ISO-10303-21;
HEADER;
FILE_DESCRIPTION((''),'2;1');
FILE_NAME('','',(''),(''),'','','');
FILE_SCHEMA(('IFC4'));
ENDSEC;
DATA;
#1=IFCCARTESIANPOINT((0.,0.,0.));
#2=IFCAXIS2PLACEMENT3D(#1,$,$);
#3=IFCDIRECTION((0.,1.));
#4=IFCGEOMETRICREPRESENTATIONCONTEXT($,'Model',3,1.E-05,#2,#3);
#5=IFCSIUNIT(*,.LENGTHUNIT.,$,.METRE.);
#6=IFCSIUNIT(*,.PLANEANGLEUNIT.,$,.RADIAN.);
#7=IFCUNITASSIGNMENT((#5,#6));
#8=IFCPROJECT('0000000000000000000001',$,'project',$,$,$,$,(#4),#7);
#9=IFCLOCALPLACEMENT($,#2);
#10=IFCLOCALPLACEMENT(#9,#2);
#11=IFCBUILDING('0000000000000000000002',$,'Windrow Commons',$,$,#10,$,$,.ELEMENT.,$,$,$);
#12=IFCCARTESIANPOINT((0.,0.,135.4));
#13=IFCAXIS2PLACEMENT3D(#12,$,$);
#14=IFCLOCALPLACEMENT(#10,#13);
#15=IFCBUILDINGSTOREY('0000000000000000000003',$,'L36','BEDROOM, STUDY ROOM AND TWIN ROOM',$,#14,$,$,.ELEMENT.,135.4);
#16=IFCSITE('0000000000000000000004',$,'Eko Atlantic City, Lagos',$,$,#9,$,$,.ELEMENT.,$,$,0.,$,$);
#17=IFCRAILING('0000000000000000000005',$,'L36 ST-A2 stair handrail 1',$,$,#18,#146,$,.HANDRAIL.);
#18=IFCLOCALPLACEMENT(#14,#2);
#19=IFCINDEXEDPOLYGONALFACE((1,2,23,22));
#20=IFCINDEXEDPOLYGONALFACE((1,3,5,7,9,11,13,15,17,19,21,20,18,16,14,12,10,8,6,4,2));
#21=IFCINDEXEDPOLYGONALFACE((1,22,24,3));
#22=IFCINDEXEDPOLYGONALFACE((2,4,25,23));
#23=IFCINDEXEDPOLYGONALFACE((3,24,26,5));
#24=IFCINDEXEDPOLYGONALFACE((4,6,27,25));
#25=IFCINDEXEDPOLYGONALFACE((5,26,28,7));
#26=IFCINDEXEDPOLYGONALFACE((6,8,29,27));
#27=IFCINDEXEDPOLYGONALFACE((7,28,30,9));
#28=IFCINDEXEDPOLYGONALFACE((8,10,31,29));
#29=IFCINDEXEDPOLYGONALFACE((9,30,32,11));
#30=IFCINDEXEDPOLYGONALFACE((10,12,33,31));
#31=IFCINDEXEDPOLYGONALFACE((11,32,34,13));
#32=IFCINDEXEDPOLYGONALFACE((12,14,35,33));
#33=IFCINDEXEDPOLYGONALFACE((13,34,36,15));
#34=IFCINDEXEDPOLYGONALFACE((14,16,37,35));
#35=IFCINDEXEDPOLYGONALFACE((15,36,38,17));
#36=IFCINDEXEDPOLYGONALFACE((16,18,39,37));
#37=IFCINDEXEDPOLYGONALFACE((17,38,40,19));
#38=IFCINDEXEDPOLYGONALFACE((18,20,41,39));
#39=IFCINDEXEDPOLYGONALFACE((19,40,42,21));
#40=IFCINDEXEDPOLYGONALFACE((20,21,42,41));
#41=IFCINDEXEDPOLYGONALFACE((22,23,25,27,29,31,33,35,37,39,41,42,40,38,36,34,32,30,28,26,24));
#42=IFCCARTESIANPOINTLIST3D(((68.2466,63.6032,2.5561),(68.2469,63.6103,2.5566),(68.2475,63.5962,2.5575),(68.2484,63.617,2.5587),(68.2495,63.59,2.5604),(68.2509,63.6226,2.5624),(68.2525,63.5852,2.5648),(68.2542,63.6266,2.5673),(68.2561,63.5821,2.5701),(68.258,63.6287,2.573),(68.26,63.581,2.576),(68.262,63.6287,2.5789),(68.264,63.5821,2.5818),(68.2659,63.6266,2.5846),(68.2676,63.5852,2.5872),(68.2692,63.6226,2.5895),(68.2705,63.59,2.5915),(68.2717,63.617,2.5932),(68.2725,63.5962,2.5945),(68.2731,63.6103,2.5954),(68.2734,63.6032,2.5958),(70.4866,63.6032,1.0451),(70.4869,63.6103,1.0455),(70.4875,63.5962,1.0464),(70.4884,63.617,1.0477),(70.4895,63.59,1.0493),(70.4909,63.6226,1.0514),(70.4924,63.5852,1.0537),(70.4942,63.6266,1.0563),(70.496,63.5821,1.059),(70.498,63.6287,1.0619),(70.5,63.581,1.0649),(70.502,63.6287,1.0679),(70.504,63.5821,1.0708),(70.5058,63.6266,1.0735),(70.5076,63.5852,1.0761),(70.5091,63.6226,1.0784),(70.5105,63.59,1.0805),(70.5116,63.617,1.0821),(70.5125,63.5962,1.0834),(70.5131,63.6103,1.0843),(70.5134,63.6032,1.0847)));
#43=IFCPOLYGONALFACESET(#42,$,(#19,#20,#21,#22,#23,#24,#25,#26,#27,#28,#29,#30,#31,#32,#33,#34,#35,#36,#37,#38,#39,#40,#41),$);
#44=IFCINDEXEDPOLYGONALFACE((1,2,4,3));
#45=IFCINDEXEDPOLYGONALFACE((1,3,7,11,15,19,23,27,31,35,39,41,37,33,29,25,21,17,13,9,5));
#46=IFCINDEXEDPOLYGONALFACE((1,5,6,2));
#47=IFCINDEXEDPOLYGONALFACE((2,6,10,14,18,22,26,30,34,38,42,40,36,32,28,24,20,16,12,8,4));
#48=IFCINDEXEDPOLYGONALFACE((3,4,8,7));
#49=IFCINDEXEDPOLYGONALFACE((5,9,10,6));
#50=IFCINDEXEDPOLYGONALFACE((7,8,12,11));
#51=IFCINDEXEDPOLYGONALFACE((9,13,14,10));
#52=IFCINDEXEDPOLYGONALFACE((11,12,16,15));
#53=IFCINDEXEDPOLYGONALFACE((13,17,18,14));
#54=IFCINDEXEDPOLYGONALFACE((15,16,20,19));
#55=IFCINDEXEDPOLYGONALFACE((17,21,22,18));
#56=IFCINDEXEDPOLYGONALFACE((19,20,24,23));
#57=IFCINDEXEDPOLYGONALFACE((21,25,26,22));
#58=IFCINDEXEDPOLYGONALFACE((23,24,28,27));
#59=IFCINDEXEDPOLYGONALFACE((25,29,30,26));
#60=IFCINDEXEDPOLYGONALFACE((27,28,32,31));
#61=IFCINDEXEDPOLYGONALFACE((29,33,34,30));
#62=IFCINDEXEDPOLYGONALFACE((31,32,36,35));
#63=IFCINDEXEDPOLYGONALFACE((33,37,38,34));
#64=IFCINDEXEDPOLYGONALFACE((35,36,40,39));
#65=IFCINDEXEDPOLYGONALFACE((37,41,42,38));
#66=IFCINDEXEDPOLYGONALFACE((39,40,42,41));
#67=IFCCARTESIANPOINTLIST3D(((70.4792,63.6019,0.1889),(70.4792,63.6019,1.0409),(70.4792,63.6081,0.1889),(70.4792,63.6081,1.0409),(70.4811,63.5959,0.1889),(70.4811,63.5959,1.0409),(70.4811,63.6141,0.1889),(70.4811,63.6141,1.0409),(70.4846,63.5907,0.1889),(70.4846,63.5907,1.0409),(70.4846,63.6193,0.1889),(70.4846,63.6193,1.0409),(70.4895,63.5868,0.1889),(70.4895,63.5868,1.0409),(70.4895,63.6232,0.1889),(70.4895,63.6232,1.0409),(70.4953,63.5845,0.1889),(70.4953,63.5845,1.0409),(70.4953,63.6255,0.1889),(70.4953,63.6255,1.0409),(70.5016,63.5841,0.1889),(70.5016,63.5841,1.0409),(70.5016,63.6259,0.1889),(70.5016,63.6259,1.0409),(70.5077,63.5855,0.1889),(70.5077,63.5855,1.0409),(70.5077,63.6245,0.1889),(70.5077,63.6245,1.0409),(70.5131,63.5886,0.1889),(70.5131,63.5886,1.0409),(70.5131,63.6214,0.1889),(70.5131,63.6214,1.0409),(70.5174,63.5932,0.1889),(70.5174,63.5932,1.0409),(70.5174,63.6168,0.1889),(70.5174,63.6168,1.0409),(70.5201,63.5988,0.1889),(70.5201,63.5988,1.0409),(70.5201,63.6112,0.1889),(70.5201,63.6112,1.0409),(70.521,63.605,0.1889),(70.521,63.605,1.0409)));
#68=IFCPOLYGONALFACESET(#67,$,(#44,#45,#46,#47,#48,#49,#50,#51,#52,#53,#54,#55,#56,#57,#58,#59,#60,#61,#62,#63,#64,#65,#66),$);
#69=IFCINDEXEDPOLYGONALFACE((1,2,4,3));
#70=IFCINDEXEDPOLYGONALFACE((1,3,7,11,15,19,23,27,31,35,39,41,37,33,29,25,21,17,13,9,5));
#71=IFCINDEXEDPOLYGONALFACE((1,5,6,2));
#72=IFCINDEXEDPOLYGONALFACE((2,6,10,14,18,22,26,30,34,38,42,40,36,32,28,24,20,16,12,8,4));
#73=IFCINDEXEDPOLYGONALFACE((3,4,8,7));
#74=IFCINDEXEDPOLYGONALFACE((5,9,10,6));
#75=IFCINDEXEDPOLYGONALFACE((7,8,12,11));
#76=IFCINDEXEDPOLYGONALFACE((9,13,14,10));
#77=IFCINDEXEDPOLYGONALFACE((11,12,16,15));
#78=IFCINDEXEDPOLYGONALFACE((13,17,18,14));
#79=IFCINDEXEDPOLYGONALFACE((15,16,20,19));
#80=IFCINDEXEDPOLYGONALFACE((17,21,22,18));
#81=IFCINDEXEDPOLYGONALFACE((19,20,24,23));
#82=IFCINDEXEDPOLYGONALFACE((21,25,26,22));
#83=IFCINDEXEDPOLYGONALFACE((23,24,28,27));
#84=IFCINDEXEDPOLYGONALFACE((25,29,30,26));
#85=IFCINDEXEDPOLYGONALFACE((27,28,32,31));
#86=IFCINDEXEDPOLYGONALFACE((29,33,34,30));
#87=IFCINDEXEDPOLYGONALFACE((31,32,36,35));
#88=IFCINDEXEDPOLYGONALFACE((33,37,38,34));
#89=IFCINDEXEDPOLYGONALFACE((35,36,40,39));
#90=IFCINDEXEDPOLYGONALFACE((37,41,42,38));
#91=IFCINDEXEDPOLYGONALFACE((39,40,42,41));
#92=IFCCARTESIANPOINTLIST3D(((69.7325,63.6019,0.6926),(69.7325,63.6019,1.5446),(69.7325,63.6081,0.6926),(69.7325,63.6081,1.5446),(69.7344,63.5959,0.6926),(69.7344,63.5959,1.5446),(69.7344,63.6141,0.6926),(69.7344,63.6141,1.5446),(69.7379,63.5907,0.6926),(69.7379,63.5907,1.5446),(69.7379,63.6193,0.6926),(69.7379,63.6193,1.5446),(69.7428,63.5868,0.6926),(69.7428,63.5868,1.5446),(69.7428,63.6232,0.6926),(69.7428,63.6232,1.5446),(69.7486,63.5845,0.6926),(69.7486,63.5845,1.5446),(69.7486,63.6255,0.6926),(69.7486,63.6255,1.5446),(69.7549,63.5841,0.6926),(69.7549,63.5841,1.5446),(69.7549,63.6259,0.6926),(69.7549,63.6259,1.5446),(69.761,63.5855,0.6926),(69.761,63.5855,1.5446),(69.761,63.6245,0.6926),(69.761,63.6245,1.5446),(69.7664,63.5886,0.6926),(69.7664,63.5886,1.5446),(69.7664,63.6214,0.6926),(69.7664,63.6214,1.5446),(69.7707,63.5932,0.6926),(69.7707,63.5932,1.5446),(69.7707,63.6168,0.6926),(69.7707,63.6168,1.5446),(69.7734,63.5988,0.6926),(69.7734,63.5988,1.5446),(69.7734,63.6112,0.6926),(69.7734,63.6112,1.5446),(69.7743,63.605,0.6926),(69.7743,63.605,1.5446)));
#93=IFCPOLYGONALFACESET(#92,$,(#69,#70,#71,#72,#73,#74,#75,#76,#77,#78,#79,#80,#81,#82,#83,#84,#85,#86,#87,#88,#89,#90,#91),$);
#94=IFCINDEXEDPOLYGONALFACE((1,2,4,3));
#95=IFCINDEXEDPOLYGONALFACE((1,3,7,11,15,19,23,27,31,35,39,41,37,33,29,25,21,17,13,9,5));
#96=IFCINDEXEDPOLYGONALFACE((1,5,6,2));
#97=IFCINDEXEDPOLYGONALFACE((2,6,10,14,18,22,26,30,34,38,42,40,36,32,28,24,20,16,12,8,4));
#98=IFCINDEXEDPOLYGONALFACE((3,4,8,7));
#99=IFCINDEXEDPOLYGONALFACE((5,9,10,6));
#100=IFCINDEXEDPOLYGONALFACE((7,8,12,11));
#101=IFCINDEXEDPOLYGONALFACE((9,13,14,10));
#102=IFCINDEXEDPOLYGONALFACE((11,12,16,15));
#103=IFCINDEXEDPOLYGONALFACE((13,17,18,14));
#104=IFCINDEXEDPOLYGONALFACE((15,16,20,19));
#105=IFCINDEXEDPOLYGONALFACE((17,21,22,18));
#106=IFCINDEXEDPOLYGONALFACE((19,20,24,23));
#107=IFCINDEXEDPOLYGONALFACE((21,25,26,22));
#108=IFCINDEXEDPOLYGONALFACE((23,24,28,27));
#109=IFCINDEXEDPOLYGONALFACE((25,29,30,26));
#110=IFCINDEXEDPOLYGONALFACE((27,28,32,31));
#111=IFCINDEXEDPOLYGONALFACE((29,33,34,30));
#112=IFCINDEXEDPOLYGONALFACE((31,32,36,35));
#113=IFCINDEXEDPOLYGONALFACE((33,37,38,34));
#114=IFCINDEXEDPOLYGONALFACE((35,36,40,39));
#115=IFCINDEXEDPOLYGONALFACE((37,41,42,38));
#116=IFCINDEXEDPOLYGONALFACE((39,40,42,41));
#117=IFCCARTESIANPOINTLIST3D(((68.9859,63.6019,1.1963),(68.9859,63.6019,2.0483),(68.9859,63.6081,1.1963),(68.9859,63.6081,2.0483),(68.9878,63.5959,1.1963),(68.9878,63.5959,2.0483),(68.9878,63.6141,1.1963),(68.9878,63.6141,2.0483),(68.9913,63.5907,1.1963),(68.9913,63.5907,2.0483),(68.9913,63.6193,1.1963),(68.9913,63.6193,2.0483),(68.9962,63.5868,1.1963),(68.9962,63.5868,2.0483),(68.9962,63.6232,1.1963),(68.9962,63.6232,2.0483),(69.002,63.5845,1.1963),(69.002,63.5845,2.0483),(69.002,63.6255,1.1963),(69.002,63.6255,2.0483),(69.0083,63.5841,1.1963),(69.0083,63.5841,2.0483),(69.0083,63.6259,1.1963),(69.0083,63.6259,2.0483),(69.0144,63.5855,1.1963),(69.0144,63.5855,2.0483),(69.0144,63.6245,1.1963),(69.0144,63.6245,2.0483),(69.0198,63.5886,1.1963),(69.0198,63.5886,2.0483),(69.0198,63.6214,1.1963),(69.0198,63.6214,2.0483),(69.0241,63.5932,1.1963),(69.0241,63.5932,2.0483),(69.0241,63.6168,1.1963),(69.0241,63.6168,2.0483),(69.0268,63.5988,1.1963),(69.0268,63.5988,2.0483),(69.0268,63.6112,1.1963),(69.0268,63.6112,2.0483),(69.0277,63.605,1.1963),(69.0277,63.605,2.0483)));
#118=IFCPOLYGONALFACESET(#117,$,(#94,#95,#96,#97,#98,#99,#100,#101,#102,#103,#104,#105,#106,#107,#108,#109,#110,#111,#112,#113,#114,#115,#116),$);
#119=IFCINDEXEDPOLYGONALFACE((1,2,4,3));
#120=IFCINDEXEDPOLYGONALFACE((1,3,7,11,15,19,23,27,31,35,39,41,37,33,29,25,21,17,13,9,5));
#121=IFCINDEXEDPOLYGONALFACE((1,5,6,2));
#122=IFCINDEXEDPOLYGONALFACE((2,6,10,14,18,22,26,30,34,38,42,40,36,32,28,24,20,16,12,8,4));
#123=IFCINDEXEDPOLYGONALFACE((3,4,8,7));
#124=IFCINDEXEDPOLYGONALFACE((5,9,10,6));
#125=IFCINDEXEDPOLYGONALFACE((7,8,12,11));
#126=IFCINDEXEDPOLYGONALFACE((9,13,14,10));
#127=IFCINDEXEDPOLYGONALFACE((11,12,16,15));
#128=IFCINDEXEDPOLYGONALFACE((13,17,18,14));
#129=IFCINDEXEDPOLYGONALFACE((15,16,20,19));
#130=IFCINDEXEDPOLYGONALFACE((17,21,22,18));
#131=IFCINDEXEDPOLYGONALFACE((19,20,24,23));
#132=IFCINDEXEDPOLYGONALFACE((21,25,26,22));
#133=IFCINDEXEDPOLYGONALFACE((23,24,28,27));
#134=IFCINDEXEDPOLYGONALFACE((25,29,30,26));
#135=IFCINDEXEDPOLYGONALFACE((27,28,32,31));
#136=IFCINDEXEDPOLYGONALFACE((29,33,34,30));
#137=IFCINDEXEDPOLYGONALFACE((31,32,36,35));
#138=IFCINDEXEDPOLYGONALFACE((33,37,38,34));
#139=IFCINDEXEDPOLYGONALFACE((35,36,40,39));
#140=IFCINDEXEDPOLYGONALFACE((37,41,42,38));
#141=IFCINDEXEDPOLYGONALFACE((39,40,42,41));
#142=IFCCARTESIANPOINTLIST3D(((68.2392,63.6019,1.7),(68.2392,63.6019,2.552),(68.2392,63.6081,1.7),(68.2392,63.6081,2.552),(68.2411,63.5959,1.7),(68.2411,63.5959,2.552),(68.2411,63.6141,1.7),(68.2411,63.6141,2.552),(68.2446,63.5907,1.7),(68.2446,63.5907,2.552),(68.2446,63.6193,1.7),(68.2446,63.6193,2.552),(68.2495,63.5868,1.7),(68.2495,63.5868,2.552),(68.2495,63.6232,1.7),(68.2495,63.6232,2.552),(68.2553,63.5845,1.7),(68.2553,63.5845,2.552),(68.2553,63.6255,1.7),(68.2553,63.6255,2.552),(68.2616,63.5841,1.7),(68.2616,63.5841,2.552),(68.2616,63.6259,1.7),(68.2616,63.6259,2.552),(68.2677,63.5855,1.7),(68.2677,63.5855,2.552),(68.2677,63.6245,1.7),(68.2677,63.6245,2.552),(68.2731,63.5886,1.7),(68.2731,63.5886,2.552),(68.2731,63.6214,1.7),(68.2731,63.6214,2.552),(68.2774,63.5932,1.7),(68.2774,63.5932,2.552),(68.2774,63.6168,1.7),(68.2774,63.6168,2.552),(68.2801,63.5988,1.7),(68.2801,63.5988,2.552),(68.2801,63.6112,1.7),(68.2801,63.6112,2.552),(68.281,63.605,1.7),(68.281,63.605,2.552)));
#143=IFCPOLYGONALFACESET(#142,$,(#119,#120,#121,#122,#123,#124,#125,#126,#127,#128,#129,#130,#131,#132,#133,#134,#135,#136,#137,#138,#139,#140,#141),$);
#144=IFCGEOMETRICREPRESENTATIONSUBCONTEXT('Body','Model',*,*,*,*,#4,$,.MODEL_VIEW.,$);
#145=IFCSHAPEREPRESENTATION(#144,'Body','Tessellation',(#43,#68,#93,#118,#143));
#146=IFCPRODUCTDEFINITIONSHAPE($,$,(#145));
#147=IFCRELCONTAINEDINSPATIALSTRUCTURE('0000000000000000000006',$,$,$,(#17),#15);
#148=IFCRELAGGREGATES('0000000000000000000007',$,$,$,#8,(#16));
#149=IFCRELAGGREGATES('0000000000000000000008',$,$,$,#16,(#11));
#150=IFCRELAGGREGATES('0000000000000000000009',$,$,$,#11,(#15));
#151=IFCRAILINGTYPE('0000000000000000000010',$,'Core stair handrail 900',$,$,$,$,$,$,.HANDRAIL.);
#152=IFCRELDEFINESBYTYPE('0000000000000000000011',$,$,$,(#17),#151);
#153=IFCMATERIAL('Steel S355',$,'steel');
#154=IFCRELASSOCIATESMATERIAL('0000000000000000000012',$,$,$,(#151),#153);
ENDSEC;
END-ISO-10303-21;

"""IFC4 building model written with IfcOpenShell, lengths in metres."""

from ifc_helpers import new_model, si_unit, direction, frame, origin, origin_2d, place, context, subcontext, project, spatial, circle, extrude, material, type_object, element, save


model = new_model("IFC4")

# Units and contexts
model_context = context("Model", 3, precision=1e-05, world=origin(), true_north=direction((0.0, 1.0)))
body_context = subcontext(model_context, "Body", "Model", "MODEL_VIEW")
ifc_project = project(units=[si_unit("LENGTHUNIT", "METRE"), si_unit("PLANEANGLEUNIT", "RADIAN")], contexts=[model_context])

# Site, building, storey
site_placement = place(None, origin())
site = spatial("IfcSite", under=ifc_project, at=site_placement, Name="Eko Atlantic City, Lagos", CompositionType="ELEMENT", RefElevation=0.0)
building_placement = place(site_placement, origin())
building = spatial("IfcBuilding", under=site, at=building_placement, Name="Windrow Commons", CompositionType="ELEMENT")
storey_placement = place(building_placement, frame((0.0, 0.0, 135.4)))
storey = spatial("IfcBuildingStorey", under=building, at=storey_placement, Name="L36", Description="BEDROOM, STUDY ROOM AND TWIN ROOM", CompositionType="ELEMENT", Elevation=135.4)

# Railing
ifc_material_1 = material(Name="Steel S355", Category="steel")
railing_type_1 = type_object("IfcRailingType", Name="Core stair handrail 900", PredefinedType="HANDRAIL", material=ifc_material_1)
for number, where, name in (
    (1, (70.5, 63.605, 0.1889), "L36 ST-A2 stair handrail 1"),
):
    element("IfcRailing", number, at=place(storey_placement, frame(where)), inside=storey, type_object=railing_type_1, Name=name, PredefinedType="HANDRAIL", context=body_context, shape_type="SweptSolid", body=[
        extrude(circle(Radius=0.024, at=origin_2d()), frame((0.0, 0.0, 0.876), z_axis=(-0.829003, 0.0, 0.559244), x_axis=(0.0, -1.0, 0.0)), (0.0, 0.0, 1.0), 2.702),
        extrude(circle(Radius=0.021, at=origin_2d()), origin(), (0.0, 0.0, 1.0), 0.852),
        extrude(circle(Radius=0.021, at=origin_2d()), frame((-0.7467, 0.0, 0.5037)), (0.0, 0.0, 1.0), 0.852),
        extrude(circle(Radius=0.021, at=origin_2d()), frame((-1.4933, 0.0, 1.0074)), (0.0, 0.0, 1.0), 0.852),
        extrude(circle(Radius=0.021, at=origin_2d()), frame((-2.24, 0.0, 1.5111)), (0.0, 0.0, 1.0), 0.852),
    ])

save(model, "model.ifc")
